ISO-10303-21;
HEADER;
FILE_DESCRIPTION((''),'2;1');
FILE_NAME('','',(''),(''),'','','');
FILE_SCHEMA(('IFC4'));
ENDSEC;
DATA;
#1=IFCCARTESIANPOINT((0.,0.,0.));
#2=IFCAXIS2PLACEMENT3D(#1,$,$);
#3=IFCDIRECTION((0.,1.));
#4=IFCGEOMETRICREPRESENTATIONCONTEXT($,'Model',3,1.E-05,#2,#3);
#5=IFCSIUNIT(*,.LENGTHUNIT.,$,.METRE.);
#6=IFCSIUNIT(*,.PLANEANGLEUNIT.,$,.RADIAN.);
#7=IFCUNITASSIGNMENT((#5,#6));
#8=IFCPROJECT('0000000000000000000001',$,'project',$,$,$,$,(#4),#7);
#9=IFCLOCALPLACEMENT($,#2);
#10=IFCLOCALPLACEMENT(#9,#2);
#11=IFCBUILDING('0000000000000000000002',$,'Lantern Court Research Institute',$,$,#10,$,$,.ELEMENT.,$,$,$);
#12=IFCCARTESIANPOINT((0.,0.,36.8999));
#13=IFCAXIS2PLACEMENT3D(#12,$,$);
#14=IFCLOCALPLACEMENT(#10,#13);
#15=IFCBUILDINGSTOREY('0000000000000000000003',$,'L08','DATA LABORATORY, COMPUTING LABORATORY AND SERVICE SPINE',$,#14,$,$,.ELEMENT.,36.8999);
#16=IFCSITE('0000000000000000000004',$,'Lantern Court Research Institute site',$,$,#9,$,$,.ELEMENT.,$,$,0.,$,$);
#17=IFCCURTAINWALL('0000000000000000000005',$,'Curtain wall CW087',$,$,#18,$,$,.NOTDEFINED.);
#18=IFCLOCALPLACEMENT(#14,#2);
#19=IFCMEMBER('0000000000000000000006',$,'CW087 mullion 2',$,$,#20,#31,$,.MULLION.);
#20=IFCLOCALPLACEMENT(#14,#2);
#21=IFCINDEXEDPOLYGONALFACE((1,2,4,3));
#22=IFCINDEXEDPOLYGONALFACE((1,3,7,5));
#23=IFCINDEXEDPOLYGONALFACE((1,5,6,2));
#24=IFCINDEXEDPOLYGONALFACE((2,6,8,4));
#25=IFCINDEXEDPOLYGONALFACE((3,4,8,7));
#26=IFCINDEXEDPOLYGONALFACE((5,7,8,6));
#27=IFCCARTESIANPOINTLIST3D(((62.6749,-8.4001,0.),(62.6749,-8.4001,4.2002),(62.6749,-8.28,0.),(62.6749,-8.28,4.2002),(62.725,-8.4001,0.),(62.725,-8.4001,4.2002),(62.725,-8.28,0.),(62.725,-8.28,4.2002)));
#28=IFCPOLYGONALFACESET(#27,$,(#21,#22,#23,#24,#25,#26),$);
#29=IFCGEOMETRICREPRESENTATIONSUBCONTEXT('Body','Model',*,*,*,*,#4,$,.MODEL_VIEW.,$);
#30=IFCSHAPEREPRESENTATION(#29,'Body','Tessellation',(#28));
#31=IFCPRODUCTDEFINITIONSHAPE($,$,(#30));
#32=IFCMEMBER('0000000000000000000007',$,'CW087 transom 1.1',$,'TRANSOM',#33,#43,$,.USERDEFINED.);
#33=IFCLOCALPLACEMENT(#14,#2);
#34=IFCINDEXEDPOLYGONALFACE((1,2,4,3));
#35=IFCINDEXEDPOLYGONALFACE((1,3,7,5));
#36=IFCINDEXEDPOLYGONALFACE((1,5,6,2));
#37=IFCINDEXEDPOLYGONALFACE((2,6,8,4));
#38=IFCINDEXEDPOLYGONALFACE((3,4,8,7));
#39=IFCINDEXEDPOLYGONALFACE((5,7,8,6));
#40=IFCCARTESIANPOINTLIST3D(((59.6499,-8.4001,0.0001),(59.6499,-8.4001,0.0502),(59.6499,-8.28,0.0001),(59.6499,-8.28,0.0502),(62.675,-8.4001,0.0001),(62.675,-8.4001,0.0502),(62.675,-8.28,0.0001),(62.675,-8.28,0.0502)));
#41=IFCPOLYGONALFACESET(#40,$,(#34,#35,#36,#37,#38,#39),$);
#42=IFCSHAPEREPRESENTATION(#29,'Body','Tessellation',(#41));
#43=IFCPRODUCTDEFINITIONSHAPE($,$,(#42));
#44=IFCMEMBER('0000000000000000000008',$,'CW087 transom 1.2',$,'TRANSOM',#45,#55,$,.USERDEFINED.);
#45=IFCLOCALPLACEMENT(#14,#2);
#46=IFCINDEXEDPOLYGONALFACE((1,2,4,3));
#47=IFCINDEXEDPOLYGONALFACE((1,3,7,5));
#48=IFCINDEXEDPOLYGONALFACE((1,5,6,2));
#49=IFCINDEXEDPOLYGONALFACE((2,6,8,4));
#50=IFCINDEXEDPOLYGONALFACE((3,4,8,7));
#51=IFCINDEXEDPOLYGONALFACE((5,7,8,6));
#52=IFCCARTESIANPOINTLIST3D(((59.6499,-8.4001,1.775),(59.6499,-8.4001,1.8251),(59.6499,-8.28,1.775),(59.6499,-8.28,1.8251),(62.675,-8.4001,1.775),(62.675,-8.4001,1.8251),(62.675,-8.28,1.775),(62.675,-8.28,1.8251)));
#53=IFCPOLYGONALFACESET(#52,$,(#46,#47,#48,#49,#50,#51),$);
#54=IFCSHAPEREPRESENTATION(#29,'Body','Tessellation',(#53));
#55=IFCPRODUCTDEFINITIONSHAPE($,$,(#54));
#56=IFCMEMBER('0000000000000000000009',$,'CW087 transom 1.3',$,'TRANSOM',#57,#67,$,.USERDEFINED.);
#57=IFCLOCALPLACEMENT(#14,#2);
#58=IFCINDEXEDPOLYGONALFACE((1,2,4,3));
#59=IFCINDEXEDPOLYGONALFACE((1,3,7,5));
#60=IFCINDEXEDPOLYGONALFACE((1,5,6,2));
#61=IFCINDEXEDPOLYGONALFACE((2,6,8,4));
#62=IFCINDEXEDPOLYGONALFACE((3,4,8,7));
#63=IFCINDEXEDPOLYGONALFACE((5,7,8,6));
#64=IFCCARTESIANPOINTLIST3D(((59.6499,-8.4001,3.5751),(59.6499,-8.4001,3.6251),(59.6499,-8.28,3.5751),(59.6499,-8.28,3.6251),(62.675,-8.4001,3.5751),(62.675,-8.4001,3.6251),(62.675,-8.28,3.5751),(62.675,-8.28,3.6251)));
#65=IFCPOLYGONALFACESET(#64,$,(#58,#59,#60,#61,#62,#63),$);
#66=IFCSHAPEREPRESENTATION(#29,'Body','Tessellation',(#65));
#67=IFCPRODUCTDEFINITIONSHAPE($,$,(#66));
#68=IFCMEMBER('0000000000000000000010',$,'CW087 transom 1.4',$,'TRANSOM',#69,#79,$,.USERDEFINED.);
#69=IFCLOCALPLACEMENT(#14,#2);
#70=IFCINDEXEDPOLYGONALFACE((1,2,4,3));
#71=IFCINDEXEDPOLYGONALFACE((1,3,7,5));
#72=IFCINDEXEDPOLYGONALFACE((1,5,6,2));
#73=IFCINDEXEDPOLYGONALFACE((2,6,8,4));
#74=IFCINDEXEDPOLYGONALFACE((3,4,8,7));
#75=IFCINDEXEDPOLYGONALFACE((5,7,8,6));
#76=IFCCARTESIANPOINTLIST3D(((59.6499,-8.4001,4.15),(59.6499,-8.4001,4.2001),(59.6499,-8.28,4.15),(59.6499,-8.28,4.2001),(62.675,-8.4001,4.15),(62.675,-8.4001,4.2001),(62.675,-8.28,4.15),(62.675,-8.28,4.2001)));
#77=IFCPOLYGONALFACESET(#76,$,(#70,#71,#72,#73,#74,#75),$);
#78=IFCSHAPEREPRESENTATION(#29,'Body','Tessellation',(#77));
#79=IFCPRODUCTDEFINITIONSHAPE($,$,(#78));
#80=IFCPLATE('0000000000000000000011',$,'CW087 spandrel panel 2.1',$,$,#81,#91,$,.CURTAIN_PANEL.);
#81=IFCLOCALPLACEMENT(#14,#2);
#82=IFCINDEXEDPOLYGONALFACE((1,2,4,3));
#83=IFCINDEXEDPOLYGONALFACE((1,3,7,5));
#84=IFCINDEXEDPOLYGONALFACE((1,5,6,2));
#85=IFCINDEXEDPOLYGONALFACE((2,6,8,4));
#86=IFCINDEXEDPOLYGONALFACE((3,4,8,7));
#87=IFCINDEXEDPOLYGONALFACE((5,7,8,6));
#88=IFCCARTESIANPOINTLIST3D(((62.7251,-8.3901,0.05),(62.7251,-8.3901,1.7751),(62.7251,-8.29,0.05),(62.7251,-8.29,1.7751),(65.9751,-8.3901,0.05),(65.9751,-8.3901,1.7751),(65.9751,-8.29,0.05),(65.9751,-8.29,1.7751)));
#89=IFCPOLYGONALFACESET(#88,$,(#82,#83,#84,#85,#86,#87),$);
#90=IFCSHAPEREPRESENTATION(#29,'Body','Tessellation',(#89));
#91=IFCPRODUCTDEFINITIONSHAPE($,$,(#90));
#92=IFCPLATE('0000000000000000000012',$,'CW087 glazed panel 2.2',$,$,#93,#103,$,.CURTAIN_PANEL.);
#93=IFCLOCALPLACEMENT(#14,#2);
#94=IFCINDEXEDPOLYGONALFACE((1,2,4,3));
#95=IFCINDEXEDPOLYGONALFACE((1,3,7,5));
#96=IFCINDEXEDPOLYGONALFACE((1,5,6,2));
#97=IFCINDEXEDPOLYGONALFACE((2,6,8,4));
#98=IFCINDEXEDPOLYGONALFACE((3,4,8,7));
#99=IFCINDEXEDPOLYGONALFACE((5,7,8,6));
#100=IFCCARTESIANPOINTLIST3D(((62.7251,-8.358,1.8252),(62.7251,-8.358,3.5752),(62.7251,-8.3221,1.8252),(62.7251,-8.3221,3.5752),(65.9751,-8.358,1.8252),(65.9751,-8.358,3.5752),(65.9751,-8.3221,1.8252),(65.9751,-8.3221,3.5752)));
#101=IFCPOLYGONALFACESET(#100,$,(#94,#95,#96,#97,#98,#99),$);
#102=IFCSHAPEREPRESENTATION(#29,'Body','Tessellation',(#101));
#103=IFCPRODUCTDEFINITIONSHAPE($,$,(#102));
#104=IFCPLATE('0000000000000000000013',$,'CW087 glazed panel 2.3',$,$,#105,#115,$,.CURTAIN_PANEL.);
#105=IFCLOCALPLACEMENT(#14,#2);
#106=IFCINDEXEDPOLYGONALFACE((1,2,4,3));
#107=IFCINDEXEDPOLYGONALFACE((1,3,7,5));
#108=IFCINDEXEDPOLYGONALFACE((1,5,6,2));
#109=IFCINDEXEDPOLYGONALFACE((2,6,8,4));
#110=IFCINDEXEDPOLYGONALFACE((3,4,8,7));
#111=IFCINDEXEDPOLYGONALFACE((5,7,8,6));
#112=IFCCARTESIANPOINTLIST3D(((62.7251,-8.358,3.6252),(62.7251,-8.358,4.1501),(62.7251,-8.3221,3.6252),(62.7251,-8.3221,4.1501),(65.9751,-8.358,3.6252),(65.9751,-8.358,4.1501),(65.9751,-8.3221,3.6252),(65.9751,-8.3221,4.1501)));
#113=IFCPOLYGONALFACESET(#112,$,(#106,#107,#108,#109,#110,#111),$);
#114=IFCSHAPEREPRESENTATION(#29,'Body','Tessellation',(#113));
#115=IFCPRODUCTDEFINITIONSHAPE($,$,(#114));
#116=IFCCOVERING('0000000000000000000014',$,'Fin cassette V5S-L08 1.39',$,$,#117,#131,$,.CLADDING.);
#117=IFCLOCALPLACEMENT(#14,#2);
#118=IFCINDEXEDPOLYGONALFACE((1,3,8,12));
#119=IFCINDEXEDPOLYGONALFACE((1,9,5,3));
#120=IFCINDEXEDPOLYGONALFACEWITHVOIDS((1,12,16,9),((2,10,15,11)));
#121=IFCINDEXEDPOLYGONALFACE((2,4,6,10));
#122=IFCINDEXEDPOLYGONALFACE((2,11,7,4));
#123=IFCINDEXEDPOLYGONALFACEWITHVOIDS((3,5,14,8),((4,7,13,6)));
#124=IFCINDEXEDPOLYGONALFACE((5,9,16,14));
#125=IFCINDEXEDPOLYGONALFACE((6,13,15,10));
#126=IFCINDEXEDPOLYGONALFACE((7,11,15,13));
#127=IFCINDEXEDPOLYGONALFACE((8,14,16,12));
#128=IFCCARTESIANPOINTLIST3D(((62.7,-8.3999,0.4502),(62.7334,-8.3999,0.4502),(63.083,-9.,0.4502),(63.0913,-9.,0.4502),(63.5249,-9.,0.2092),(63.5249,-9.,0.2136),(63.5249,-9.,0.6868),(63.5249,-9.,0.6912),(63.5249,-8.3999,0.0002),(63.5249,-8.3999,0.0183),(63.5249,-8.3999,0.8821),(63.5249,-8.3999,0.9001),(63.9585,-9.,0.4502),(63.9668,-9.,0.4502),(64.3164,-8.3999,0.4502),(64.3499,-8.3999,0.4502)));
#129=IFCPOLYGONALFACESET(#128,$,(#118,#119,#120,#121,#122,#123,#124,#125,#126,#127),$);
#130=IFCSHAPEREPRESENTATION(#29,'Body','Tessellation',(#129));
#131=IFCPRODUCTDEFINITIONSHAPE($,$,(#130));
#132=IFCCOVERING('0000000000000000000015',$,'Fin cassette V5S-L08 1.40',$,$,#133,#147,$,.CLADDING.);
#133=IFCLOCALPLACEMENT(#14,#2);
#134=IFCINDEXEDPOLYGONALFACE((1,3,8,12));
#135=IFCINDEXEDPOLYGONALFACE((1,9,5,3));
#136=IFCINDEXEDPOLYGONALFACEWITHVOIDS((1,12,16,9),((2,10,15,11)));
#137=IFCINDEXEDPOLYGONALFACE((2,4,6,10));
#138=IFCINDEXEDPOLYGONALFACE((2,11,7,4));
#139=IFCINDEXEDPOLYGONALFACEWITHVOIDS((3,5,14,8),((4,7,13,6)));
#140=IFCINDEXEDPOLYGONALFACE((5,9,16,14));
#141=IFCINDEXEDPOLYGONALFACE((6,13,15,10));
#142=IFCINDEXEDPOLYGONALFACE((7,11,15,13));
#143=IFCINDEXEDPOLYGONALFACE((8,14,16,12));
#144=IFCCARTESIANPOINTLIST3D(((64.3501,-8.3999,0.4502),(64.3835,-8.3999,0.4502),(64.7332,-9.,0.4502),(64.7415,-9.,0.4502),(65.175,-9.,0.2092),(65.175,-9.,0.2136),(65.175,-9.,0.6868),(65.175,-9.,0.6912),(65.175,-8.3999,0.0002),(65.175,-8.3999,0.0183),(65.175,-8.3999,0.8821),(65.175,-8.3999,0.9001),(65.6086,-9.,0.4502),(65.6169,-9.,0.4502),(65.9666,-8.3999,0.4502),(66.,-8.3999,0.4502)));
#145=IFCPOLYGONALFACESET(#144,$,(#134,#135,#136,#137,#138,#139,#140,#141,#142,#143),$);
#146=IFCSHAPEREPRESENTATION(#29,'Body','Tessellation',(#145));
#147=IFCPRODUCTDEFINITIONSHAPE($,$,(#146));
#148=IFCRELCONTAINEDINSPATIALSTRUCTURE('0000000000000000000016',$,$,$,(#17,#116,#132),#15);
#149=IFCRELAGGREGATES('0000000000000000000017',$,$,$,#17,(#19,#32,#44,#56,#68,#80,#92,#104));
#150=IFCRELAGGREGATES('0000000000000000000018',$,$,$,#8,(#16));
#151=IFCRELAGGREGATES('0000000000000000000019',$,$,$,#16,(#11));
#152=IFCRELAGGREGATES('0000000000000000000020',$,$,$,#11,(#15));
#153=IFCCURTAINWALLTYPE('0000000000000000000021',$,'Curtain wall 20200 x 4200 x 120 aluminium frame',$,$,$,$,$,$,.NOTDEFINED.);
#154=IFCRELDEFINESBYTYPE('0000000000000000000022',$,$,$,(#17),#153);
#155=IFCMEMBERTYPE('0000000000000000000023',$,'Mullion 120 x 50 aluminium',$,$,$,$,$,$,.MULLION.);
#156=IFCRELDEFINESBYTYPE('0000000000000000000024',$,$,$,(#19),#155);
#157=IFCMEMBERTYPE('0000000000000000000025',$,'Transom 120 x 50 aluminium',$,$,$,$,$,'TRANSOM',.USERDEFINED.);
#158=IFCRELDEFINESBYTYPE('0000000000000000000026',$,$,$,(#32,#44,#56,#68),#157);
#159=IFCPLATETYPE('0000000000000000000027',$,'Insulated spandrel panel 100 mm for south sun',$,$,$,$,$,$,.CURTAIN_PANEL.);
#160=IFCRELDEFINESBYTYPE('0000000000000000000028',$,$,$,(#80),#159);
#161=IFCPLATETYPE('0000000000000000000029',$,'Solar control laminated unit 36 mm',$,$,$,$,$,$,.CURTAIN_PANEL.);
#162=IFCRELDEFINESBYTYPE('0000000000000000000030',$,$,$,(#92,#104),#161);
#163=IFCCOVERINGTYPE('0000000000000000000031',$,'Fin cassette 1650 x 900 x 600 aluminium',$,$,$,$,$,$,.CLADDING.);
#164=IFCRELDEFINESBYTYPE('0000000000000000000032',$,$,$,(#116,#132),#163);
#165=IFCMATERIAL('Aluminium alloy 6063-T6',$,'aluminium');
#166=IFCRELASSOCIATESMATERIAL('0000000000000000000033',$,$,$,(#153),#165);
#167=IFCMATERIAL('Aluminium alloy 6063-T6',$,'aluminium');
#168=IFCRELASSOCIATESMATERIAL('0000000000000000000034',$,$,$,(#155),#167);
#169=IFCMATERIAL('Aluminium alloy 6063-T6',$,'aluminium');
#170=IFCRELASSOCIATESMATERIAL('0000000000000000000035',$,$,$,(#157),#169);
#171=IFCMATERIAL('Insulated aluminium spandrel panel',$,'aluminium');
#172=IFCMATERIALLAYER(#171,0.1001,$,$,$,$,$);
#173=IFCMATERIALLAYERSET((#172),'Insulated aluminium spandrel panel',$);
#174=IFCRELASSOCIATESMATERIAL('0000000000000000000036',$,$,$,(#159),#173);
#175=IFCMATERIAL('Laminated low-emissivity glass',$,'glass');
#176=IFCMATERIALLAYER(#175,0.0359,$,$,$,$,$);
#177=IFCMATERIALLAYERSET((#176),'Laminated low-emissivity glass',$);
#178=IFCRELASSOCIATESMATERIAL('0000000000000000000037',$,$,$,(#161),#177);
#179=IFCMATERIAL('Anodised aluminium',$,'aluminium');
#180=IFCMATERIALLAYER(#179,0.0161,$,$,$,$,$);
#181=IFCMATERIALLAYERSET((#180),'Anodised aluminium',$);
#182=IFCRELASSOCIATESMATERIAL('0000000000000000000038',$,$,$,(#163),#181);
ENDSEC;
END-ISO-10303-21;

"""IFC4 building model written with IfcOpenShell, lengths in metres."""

from ifc_helpers import new_model, entity, si_unit, direction, frame, origin, origin_2d, place, context, subcontext, project, spatial, rectangle, extrude, material, layer, layer_set, material_profile, profile_set, type_object, element, aggregate, save


model = new_model("IFC4")

# Units and contexts
model_context = context("Model", 3, precision=1e-05, world=origin(), true_north=direction((0.0, 1.0)))
body_context = subcontext(model_context, "Body", "Model", "MODEL_VIEW")
ifc_project = project(units=[si_unit("LENGTHUNIT", "METRE"), si_unit("PLANEANGLEUNIT", "RADIAN")], contexts=[model_context])

# Site, building, storey
site_placement = place(None, origin())
site = spatial("IfcSite", under=ifc_project, at=site_placement, Name="Lantern Court Research Institute site", CompositionType="ELEMENT", RefElevation=0.0)
building_placement = place(site_placement, origin())
building = spatial("IfcBuilding", under=site, at=building_placement, Name="Lantern Court Research Institute", CompositionType="ELEMENT")
storey_placement = place(building_placement, frame((0.0, 0.0, 36.8999)))
storey = spatial("IfcBuildingStorey", under=building, at=storey_placement, Name="L08", Description="DATA LABORATORY, COMPUTING LABORATORY AND SERVICE SPINE", CompositionType="ELEMENT", Elevation=36.8999)

# Curtain wall, members, plates
ifc_material_1 = material(Name="Aluminium alloy 6063-T6", Category="aluminium")
curtain_wall_type = type_object("IfcCurtainWallType", Name="Curtain wall 20200 x 4200 x 120 aluminium frame", PredefinedType="NOTDEFINED", material=ifc_material_1)
curtain_wall_placement = place(storey_placement, origin())
curtain_wall = element("IfcCurtainWall", 1, at=curtain_wall_placement, inside=storey, type_object=curtain_wall_type, Name="Curtain wall CW087", PredefinedType="NOTDEFINED")
ifc_material_2 = material(Name="Aluminium alloy 6063-T6", Category="aluminium")
ifc_material_profile_1 = material_profile(ifc_material_2, rectangle(XDim=0.1201, YDim=0.05, at=origin_2d()), Name="Mullion 120 x 50")
ifc_profile_set_1 = profile_set([ifc_material_profile_1], Name="Aluminium alloy 6063-T6")
member_type_1 = type_object("IfcMemberType", Name="Mullion 120 x 50 aluminium", PredefinedType="MULLION", material=ifc_profile_set_1)
member_1_placement = place(storey_placement, frame((62.7, -8.3401, 0.0), z_axis=(0.0, 0.0, 1.0), x_axis=(0.0, -1.0, 0.0)))
member_1 = element("IfcMember", 2, at=member_1_placement, type_object=member_type_1, Name="CW087 mullion 2", PredefinedType="MULLION", context=body_context, shape_type="SweptSolid", body=[
    extrude(rectangle(XDim=0.1201, YDim=0.05, at=origin_2d()), origin(), (0.0, 0.0, 1.0), 4.2002),
])
ifc_material_3 = material(Name="Aluminium alloy 6063-T6", Category="aluminium")
ifc_material_profile_2 = material_profile(ifc_material_3, rectangle(XDim=0.1201, YDim=0.05, at=origin_2d()), Name="Transom 120 x 50")
ifc_profile_set_2 = profile_set([ifc_material_profile_2], Name="Aluminium alloy 6063-T6")
member_type_2 = type_object("IfcMemberType", Name="Transom 120 x 50 aluminium", ElementType="TRANSOM", PredefinedType="USERDEFINED", material=ifc_profile_set_2)
member_2_placement = place(storey_placement, frame((62.675, -8.3401, 0.0251), z_axis=(-1.0, 0.0, 0.0), x_axis=(0.0, -1.0, 0.0)))
member_2 = element("IfcMember", 3, at=member_2_placement, type_object=member_type_2, Name="CW087 transom 1.1", ObjectType="TRANSOM", PredefinedType="USERDEFINED", context=body_context, shape_type="SweptSolid", body=[
    extrude(rectangle(XDim=0.1201, YDim=0.05, at=origin_2d()), origin(), (0.0, 0.0, 1.0), 3.0251),
])
member_3_placement = place(storey_placement, frame((62.675, -8.3401, 1.8), z_axis=(-1.0, 0.0, 0.0), x_axis=(0.0, -1.0, 0.0)))
member_3 = element("IfcMember", 4, at=member_3_placement, type_object=member_type_2, Name="CW087 transom 1.2", ObjectType="TRANSOM", PredefinedType="USERDEFINED", context=body_context, shape_type="SweptSolid", body=[
    extrude(rectangle(XDim=0.1201, YDim=0.05, at=origin_2d()), origin(), (0.0, 0.0, 1.0), 3.0251),
])
member_4_placement = place(storey_placement, frame((62.675, -8.3401, 3.6001), z_axis=(-1.0, 0.0, 0.0), x_axis=(0.0, -1.0, 0.0)))
member_4 = element("IfcMember", 5, at=member_4_placement, type_object=member_type_2, Name="CW087 transom 1.3", ObjectType="TRANSOM", PredefinedType="USERDEFINED", context=body_context, shape_type="SweptSolid", body=[
    extrude(rectangle(XDim=0.1201, YDim=0.05, at=origin_2d()), origin(), (0.0, 0.0, 1.0), 3.0251),
])
member_5_placement = place(storey_placement, frame((62.675, -8.3401, 4.175), z_axis=(-1.0, 0.0, 0.0), x_axis=(0.0, -1.0, 0.0)))
member_5 = element("IfcMember", 6, at=member_5_placement, type_object=member_type_2, Name="CW087 transom 1.4", ObjectType="TRANSOM", PredefinedType="USERDEFINED", context=body_context, shape_type="SweptSolid", body=[
    extrude(rectangle(XDim=0.1201, YDim=0.05, at=origin_2d()), origin(), (0.0, 0.0, 1.0), 3.0251),
])
ifc_material_4 = material(Name="Insulated aluminium spandrel panel", Category="aluminium")
ifc_layer_1 = layer(ifc_material_4, 0.1001)
ifc_layer_set_1 = layer_set([ifc_layer_1], Name="Insulated aluminium spandrel panel")
plate_type_1 = type_object("IfcPlateType", Name="Insulated spandrel panel 100 mm for south sun", PredefinedType="CURTAIN_PANEL", material=ifc_layer_set_1)
plate_1_placement = place(storey_placement, frame((64.3501, -8.3401, 0.05), z_axis=(0.0, 0.0, 1.0), x_axis=(-1.0, 0.0, 0.0)))
plate_1 = element("IfcPlate", 7, at=plate_1_placement, type_object=plate_type_1, Name="CW087 spandrel panel 2.1", PredefinedType="CURTAIN_PANEL", context=body_context, shape_type="SweptSolid", body=[
    extrude(rectangle(XDim=3.25, YDim=0.1001, at=origin_2d()), origin(), (0.0, 0.0, 1.0), 1.7251),
])
ifc_material_5 = material(Name="Laminated low-emissivity glass", Category="glass")
ifc_layer_2 = layer(ifc_material_5, 0.0359)
ifc_layer_set_2 = layer_set([ifc_layer_2], Name="Laminated low-emissivity glass")
plate_type_2 = type_object("IfcPlateType", Name="Solar control laminated unit 36 mm", PredefinedType="CURTAIN_PANEL", material=ifc_layer_set_2)
plate_2_placement = place(storey_placement, frame((64.3501, -8.3401, 1.8252), z_axis=(0.0, 0.0, 1.0), x_axis=(-1.0, 0.0, 0.0)))
plate_2 = element("IfcPlate", 8, at=plate_2_placement, type_object=plate_type_2, Name="CW087 glazed panel 2.2", PredefinedType="CURTAIN_PANEL", context=body_context, shape_type="SweptSolid", body=[
    extrude(rectangle(XDim=3.25, YDim=0.0359, at=origin_2d()), origin(), (0.0, 0.0, 1.0), 1.75),
])
plate_3_placement = place(storey_placement, frame((64.3501, -8.3401, 3.6252), z_axis=(0.0, 0.0, 1.0), x_axis=(-1.0, 0.0, 0.0)))
plate_3 = element("IfcPlate", 9, at=plate_3_placement, type_object=plate_type_2, Name="CW087 glazed panel 2.3", PredefinedType="CURTAIN_PANEL", context=body_context, shape_type="SweptSolid", body=[
    extrude(rectangle(XDim=3.25, YDim=0.0359, at=origin_2d()), origin(), (0.0, 0.0, 1.0), 0.5249),
])
aggregate(curtain_wall, [member_1, member_2, member_3, member_4, member_5, plate_1, plate_2, plate_3])

# Coverings
ifc_material_6 = material(Name="Anodised aluminium", Category="aluminium")
ifc_layer_3 = layer(ifc_material_6, 0.0161)
ifc_layer_set_3 = layer_set([ifc_layer_3], Name="Anodised aluminium")
covering_type = type_object("IfcCoveringType", Name="Fin cassette 1650 x 900 x 600 aluminium", PredefinedType="CLADDING", material=ifc_layer_set_3)
covering_1_placement = place(storey_placement, frame((63.5249, -8.3999, 0.4502), z_axis=(0.0, -1.0, 0.0), x_axis=(1.0, 0.0, 0.0)))
cartesian_point_1 = entity("IfcCartesianPoint", [0.825, 0.0])
cartesian_point_2 = entity("IfcCartesianPoint", [0.7915, 0.0])
cartesian_point_3 = entity("IfcCartesianPoint", [0.4419, 0.0])
cartesian_point_4 = entity("IfcCartesianPoint", [0.4336, 0.0])
element("IfcCovering", 10, at=covering_1_placement, inside=storey, type_object=covering_type, Name="Fin cassette V5S-L08 1.39", PredefinedType="CLADDING", context=body_context, shape_type="SweptSolid", body=[
    entity("IfcExtrudedAreaSolidTapered", entity("IfcArbitraryProfileDefWithVoids", "AREA", None, entity("IfcPolyline", [cartesian_point_1, entity("IfcCartesianPoint", [0.0, 0.45]), entity("IfcCartesianPoint", [-0.825, 0.0]), entity("IfcCartesianPoint", [0.0, -0.45]), cartesian_point_1]), [entity("IfcPolyline", [cartesian_point_2, entity("IfcCartesianPoint", [0.0, 0.4319]), entity("IfcCartesianPoint", [-0.7915, 0.0]), entity("IfcCartesianPoint", [0.0, -0.4319]), cartesian_point_2])]), entity("IfcAxis2Placement3D", entity("IfcCartesianPoint", [0.0, 0.0, 0.0])), entity("IfcDirection", [0.0, 0.0, 1.0]), 0.6001, entity("IfcArbitraryProfileDefWithVoids", "AREA", None, entity("IfcPolyline", [cartesian_point_3, entity("IfcCartesianPoint", [0.0, 0.241]), entity("IfcCartesianPoint", [-0.4419, 0.0]), entity("IfcCartesianPoint", [0.0, -0.241]), cartesian_point_3]), [entity("IfcPolyline", [cartesian_point_4, entity("IfcCartesianPoint", [0.0, 0.2366]), entity("IfcCartesianPoint", [-0.4336, 0.0]), entity("IfcCartesianPoint", [0.0, -0.2366]), cartesian_point_4])])),
])
covering_2_placement = place(storey_placement, frame((65.175, -8.3999, 0.4502), z_axis=(0.0, -1.0, 0.0), x_axis=(1.0, 0.0, 0.0)))
cartesian_point_5 = entity("IfcCartesianPoint", [0.825, 0.0])
cartesian_point_6 = entity("IfcCartesianPoint", [0.7915, 0.0])
cartesian_point_7 = entity("IfcCartesianPoint", [0.4419, 0.0])
cartesian_point_8 = entity("IfcCartesianPoint", [0.4336, 0.0])
element("IfcCovering", 11, at=covering_2_placement, inside=storey, type_object=covering_type, Name="Fin cassette V5S-L08 1.40", PredefinedType="CLADDING", context=body_context, shape_type="SweptSolid", body=[
    entity("IfcExtrudedAreaSolidTapered", entity("IfcArbitraryProfileDefWithVoids", "AREA", None, entity("IfcPolyline", [cartesian_point_5, entity("IfcCartesianPoint", [0.0, 0.45]), entity("IfcCartesianPoint", [-0.825, 0.0]), entity("IfcCartesianPoint", [0.0, -0.45]), cartesian_point_5]), [entity("IfcPolyline", [cartesian_point_6, entity("IfcCartesianPoint", [0.0, 0.4319]), entity("IfcCartesianPoint", [-0.7915, 0.0]), entity("IfcCartesianPoint", [0.0, -0.4319]), cartesian_point_6])]), entity("IfcAxis2Placement3D", entity("IfcCartesianPoint", [0.0, 0.0, 0.0])), entity("IfcDirection", [0.0, 0.0, 1.0]), 0.6001, entity("IfcArbitraryProfileDefWithVoids", "AREA", None, entity("IfcPolyline", [cartesian_point_7, entity("IfcCartesianPoint", [0.0, 0.241]), entity("IfcCartesianPoint", [-0.4419, 0.0]), entity("IfcCartesianPoint", [0.0, -0.241]), cartesian_point_7]), [entity("IfcPolyline", [cartesian_point_8, entity("IfcCartesianPoint", [0.0, 0.2366]), entity("IfcCartesianPoint", [-0.4336, 0.0]), entity("IfcCartesianPoint", [0.0, -0.2366]), cartesian_point_8])])),
])

save(model, "model.ifc")
